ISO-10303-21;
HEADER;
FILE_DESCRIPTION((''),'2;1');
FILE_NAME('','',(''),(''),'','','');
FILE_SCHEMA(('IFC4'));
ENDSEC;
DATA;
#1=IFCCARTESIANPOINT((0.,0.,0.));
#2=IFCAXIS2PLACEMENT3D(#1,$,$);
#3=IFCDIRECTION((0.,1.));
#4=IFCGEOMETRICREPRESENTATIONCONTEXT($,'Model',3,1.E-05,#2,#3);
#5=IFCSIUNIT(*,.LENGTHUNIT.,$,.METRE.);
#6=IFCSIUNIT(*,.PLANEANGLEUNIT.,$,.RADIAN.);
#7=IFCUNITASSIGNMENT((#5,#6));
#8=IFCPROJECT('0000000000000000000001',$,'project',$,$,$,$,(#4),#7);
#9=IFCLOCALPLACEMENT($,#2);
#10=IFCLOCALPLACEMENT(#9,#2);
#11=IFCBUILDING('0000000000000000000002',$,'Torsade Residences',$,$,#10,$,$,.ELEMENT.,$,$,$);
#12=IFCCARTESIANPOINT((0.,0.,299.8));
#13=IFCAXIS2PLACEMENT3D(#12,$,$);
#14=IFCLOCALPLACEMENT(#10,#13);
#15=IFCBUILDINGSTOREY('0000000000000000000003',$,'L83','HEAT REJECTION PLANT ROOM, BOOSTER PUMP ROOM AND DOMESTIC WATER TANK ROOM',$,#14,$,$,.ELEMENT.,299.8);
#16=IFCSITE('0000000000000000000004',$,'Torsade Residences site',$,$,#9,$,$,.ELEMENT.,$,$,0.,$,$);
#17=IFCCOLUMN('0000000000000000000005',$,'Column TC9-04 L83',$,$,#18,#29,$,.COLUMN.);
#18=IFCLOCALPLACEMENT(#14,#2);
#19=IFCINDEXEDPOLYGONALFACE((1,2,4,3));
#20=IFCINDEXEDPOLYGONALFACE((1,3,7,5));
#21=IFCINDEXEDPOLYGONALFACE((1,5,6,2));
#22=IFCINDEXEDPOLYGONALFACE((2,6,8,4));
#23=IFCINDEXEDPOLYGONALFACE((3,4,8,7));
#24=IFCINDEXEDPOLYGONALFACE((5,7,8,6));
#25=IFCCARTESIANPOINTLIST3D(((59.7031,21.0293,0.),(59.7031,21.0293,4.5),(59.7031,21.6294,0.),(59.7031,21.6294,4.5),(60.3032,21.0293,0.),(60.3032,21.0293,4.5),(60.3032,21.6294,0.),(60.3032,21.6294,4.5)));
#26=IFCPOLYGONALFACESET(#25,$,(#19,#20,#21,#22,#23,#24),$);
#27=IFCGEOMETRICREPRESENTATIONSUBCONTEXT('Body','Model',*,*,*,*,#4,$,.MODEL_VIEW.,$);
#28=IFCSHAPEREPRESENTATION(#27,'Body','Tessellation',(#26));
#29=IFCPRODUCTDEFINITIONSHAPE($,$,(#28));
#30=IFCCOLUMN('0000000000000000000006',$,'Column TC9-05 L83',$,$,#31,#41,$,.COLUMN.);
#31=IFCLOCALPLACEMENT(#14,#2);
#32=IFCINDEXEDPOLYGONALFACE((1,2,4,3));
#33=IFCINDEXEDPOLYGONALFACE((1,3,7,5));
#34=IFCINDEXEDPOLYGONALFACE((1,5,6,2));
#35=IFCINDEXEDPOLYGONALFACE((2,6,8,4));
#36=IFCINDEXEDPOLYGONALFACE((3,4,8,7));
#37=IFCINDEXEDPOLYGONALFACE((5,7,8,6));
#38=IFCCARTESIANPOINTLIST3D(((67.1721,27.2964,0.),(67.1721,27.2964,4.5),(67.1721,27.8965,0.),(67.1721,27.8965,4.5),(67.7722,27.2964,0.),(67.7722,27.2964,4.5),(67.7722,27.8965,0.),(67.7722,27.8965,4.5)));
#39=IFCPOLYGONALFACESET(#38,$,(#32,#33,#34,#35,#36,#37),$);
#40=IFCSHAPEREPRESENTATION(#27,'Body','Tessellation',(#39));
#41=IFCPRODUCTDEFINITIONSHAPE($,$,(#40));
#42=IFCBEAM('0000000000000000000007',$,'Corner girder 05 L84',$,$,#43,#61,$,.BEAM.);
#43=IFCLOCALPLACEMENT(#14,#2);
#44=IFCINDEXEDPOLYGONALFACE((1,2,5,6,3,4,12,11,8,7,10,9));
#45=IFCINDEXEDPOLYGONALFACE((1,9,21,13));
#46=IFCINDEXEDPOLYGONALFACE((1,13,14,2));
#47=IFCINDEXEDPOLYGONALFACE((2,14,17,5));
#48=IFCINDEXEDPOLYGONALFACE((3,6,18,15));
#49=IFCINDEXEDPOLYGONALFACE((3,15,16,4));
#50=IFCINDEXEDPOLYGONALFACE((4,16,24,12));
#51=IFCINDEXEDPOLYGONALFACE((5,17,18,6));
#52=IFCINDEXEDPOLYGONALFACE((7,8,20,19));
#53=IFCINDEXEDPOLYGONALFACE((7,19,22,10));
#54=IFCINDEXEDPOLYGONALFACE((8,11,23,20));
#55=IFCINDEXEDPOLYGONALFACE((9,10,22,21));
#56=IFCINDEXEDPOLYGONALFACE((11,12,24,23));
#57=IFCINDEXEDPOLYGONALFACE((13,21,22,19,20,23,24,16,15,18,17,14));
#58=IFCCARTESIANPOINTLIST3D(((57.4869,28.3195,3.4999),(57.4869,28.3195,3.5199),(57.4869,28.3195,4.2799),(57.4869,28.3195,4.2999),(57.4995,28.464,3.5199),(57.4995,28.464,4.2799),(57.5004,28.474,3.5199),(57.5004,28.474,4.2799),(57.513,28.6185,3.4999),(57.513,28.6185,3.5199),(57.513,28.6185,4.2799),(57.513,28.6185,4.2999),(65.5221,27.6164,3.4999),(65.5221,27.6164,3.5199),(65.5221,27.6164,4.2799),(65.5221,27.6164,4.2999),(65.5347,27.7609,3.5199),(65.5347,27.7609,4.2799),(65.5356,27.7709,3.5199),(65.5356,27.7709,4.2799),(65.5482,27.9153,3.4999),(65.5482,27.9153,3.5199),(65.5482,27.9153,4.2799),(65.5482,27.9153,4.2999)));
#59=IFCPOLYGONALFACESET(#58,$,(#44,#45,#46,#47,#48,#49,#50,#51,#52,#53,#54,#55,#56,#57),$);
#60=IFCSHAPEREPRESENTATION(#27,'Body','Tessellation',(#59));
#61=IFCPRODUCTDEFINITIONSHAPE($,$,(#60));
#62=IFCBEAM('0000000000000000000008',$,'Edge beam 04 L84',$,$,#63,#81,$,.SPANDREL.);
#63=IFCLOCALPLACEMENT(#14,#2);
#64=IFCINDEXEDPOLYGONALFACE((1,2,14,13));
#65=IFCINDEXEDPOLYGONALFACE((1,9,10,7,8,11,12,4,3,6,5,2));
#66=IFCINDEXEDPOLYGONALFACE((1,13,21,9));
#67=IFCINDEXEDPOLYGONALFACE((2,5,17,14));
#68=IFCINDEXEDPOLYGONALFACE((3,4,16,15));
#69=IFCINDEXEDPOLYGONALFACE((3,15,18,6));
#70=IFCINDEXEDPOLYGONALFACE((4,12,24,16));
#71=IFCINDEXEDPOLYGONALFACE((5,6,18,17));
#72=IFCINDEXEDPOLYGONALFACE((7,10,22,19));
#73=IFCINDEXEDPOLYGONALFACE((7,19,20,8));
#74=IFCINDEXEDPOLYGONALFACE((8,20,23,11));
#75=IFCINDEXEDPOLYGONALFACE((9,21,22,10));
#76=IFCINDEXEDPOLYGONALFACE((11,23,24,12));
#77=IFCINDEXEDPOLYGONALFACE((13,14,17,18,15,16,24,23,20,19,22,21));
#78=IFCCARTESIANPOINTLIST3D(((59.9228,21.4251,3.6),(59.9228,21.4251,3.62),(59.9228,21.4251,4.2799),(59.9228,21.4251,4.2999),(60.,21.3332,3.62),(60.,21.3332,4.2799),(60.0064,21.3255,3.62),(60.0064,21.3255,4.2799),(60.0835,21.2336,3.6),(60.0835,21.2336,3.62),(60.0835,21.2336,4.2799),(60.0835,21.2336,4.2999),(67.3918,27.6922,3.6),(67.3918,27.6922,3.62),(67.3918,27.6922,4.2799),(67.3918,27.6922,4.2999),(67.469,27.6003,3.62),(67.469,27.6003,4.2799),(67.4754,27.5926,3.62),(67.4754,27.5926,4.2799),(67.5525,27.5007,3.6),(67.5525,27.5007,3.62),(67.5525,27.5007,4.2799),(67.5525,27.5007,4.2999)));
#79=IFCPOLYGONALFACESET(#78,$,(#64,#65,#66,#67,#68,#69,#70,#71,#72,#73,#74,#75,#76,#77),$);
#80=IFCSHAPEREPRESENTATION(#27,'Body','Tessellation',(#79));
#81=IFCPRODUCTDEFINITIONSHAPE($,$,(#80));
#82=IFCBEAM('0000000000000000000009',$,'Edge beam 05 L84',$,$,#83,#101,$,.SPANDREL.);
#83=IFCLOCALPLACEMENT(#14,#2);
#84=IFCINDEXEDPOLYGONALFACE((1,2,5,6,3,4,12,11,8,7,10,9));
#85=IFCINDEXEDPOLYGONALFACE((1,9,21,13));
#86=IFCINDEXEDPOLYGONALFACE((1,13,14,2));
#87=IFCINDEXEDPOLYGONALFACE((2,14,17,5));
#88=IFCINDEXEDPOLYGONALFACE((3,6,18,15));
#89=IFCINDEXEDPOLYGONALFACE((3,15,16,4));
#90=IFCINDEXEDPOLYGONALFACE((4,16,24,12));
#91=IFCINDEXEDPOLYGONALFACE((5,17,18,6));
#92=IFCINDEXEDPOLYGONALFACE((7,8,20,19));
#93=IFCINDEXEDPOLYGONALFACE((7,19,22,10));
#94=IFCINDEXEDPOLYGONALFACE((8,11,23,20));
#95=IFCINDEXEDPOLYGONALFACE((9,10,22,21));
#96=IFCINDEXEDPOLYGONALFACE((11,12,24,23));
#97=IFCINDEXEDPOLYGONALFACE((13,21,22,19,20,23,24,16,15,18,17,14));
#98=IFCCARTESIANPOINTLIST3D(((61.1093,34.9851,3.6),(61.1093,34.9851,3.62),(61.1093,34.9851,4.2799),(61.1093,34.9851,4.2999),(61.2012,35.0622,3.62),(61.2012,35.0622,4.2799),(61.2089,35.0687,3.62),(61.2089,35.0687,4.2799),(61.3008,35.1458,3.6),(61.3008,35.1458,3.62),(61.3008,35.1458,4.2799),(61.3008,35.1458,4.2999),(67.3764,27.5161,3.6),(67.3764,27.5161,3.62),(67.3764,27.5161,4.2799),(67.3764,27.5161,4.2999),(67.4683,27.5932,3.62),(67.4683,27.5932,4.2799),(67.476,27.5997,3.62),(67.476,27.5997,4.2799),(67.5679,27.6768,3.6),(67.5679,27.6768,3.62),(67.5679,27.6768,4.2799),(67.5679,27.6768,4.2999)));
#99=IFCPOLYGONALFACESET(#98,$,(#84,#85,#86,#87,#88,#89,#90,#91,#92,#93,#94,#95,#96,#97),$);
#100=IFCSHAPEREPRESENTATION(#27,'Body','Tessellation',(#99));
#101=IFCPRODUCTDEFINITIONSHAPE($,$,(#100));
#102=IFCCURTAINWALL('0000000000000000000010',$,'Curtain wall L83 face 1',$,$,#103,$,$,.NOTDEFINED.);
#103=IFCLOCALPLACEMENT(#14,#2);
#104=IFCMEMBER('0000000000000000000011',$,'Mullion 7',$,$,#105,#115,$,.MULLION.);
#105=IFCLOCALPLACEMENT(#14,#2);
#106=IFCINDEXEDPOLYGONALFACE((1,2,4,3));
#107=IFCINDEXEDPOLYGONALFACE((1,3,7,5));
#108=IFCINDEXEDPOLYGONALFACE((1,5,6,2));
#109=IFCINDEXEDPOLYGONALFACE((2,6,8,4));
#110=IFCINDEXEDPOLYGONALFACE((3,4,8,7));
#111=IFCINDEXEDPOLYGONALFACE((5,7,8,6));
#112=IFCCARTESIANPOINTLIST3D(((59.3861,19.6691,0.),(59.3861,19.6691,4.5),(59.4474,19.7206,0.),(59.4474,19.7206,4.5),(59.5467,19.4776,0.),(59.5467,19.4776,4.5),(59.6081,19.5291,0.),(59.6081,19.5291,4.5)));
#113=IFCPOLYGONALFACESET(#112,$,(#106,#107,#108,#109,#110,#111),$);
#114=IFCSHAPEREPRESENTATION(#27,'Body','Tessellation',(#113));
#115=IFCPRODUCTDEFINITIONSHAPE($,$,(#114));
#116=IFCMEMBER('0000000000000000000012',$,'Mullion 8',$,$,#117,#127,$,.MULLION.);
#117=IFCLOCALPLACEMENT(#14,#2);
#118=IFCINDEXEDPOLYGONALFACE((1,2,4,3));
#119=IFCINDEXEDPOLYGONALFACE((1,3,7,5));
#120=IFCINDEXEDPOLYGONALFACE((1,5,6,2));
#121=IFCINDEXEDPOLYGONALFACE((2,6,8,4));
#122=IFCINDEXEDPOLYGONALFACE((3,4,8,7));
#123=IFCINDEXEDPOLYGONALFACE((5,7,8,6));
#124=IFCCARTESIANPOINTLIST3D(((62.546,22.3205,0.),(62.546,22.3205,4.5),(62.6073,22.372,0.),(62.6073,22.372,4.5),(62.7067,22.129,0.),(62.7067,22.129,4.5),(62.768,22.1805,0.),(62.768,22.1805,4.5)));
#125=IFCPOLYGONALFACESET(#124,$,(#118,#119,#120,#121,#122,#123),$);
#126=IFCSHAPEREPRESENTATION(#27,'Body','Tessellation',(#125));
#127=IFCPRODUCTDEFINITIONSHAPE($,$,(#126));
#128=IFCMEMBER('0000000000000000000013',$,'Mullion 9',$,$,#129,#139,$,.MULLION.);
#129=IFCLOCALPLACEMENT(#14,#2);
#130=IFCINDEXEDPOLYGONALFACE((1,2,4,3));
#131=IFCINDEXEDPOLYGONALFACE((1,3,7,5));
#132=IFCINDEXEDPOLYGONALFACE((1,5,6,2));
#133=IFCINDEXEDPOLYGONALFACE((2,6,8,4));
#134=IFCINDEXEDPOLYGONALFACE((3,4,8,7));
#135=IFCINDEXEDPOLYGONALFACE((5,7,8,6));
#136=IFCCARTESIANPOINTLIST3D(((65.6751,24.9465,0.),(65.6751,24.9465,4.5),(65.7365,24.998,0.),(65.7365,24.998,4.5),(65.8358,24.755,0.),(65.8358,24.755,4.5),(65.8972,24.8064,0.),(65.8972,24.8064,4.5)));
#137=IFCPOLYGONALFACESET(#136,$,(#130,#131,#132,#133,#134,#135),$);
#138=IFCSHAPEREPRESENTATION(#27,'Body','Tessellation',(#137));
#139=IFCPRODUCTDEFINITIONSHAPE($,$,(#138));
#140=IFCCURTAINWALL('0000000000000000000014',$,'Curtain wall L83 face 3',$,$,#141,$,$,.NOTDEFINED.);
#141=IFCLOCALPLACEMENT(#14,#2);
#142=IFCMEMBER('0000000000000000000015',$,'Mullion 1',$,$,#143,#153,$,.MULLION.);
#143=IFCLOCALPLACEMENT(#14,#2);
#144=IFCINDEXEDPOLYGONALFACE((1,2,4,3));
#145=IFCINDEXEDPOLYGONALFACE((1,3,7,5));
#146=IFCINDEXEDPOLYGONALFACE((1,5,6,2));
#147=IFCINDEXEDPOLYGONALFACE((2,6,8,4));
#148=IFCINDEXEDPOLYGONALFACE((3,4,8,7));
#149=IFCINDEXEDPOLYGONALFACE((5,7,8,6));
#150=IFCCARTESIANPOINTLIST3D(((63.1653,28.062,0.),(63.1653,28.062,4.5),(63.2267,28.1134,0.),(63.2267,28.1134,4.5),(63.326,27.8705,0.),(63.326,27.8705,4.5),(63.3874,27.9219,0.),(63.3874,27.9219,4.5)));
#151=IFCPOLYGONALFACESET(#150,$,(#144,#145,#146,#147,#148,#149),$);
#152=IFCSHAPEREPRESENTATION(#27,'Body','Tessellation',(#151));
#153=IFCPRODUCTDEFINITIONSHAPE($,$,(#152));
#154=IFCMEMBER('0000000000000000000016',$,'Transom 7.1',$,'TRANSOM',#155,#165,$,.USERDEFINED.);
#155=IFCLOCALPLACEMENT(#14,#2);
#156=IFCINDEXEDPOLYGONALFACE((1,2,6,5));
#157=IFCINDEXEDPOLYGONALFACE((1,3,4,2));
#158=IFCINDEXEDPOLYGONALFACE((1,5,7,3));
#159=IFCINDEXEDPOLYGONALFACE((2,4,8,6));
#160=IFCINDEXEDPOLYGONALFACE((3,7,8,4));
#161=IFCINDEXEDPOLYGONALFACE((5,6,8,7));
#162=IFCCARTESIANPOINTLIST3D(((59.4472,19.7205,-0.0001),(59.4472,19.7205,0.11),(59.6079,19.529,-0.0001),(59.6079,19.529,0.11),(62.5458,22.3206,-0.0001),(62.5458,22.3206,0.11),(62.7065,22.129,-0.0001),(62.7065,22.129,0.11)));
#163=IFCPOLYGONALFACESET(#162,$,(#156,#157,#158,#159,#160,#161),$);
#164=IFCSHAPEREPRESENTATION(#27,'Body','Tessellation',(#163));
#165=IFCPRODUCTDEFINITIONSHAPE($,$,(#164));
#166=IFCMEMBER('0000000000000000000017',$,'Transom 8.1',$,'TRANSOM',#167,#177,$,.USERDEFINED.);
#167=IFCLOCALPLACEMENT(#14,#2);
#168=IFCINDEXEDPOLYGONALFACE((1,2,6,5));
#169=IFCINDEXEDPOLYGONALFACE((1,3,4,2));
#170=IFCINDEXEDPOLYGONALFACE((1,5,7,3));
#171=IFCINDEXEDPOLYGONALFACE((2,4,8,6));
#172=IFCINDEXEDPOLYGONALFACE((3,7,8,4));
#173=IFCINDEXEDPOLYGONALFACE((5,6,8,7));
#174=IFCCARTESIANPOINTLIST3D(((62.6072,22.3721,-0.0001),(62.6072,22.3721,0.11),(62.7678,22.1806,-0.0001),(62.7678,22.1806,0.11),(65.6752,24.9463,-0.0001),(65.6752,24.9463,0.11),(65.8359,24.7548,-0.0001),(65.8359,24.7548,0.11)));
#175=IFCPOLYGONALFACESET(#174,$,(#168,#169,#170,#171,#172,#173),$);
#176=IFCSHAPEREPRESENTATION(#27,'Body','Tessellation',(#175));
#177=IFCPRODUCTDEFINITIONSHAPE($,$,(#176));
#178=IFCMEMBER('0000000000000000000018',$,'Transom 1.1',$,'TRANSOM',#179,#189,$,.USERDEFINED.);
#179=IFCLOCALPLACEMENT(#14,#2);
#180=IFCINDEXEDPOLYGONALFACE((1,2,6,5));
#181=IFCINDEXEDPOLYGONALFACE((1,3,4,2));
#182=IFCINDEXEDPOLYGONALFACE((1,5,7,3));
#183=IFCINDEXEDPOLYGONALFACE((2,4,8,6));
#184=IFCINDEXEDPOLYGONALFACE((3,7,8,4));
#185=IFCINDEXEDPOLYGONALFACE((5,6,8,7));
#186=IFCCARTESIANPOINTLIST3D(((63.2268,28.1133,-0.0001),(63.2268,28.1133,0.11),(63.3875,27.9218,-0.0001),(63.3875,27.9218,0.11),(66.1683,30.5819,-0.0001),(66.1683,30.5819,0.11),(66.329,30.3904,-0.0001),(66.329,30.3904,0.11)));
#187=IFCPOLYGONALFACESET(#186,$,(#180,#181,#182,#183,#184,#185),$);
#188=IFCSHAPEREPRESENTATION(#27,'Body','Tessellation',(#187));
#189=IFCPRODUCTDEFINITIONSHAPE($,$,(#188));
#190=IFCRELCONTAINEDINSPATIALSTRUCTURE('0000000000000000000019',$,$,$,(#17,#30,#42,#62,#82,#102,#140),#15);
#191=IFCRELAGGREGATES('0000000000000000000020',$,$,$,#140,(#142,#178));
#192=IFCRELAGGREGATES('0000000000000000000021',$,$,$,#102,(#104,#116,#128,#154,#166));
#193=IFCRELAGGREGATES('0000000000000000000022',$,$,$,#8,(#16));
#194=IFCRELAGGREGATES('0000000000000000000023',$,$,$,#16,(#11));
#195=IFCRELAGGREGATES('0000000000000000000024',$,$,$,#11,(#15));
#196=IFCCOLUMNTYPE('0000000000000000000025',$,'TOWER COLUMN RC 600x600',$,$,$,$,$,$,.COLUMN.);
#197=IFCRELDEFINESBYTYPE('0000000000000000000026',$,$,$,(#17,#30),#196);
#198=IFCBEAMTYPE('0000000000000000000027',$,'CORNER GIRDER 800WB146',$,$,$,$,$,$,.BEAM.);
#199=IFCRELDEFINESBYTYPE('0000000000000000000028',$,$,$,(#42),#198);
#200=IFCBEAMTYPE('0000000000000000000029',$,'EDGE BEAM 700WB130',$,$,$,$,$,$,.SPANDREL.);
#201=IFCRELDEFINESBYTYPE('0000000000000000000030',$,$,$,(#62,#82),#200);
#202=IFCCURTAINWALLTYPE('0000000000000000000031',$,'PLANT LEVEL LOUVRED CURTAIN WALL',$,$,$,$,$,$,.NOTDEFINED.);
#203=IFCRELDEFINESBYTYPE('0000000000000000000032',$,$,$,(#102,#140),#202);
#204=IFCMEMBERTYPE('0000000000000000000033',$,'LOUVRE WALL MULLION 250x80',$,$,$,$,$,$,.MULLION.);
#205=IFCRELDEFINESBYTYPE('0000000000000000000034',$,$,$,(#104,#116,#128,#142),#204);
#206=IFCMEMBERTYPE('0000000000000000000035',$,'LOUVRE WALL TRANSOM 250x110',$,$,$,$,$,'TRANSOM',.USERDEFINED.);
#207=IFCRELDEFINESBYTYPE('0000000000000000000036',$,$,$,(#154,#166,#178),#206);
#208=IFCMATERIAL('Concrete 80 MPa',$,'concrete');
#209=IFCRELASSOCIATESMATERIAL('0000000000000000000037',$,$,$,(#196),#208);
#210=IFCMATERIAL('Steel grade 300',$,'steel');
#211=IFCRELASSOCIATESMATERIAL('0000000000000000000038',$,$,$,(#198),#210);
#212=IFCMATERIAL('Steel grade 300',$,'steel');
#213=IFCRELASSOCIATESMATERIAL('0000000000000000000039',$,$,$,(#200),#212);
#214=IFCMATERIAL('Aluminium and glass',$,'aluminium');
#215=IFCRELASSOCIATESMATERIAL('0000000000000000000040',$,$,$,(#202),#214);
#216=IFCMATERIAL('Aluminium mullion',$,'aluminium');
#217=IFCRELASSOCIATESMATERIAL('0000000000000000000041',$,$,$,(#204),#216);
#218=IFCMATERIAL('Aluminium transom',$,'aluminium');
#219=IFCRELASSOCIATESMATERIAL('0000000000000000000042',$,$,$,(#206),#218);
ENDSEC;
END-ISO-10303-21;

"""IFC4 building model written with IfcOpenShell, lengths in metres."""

from ifc_helpers import new_model, si_unit, direction, frame, origin, origin_2d, place, context, subcontext, project, spatial, rectangle, i_section, extrude, material, material_profile, profile_set, type_object, element, aggregate, save


model = new_model("IFC4")

# Units and contexts
model_context = context("Model", 3, precision=1e-05, world=origin(), true_north=direction((0.0, 1.0)))
body_context = subcontext(model_context, "Body", "Model", "MODEL_VIEW")
ifc_project = project(units=[si_unit("LENGTHUNIT", "METRE"), si_unit("PLANEANGLEUNIT", "RADIAN")], contexts=[model_context])

# Site, building, storey
site_placement = place(None, origin())
site = spatial("IfcSite", under=ifc_project, at=site_placement, Name="Torsade Residences site", CompositionType="ELEMENT", RefElevation=0.0)
building_placement = place(site_placement, origin())
building = spatial("IfcBuilding", under=site, at=building_placement, Name="Torsade Residences", CompositionType="ELEMENT")
storey_placement = place(building_placement, frame((0.0, 0.0, 299.8)))
storey = spatial("IfcBuildingStorey", under=building, at=storey_placement, Name="L83", Description="HEAT REJECTION PLANT ROOM, BOOSTER PUMP ROOM AND DOMESTIC WATER TANK ROOM", CompositionType="ELEMENT", Elevation=299.8)

# Columns
ifc_material_1 = material(Name="Concrete 80 MPa", Category="concrete")
ifc_material_profile_1 = material_profile(ifc_material_1, rectangle(XDim=0.6001, YDim=0.6001, at=origin_2d()), Name="RC 600x600")
ifc_profile_set_1 = profile_set([ifc_material_profile_1], Name="Concrete 80 MPa")
column_type = type_object("IfcColumnType", Name="TOWER COLUMN RC 600x600", PredefinedType="COLUMN", material=ifc_profile_set_1)
for number, where, z_axis, x_axis, name in (
    (1, (60.0032, 21.3293, 0.0), (0.0, 0.0, 1.0), (1.0, 0.0, 0.0), "Column TC9-04 L83"),
    (2, (67.4722, 27.5964, 0.0), (0.0, 0.0, 1.0), (1.0, 0.0, 0.0), "Column TC9-05 L83"),
):
    element("IfcColumn", number, at=place(storey_placement, frame(where, z_axis=z_axis, x_axis=x_axis)), inside=storey, type_object=column_type, Name=name, PredefinedType="COLUMN", context=body_context, shape_type="SweptSolid", body=[
        extrude(rectangle(XDim=0.6001, YDim=0.6001, at=origin_2d()), origin(), (0.0, 0.0, 1.0), 4.5),
    ])

# Beams
ifc_material_2 = material(Name="Steel grade 300", Category="steel")
ifc_material_profile_2 = material_profile(ifc_material_2, i_section(OverallWidth=0.3, OverallDepth=0.8, WebThickness=0.01, FlangeThickness=0.02, at=origin_2d()), Name="800WB146")
ifc_profile_set_2 = profile_set([ifc_material_profile_2], Name="Steel grade 300")
beam_type_1 = type_object("IfcBeamType", Name="CORNER GIRDER 800WB146", PredefinedType="BEAM", material=ifc_profile_set_2)
beam_1_placement = place(storey_placement, frame((65.5352, 27.7659, 3.8999), z_axis=(-0.996193, 0.087173, 0.0), x_axis=(-0.087173, -0.996193, 0.0)))
element("IfcBeam", 3, at=beam_1_placement, inside=storey, type_object=beam_type_1, Name="Corner girder 05 L84", PredefinedType="BEAM", context=body_context, shape_type="SweptSolid", body=[
    extrude(i_section(OverallWidth=0.3, OverallDepth=0.8, WebThickness=0.01, FlangeThickness=0.02, at=origin_2d()), origin(), (0.0, 0.0, 1.0), 8.0659),
])
ifc_material_3 = material(Name="Steel grade 300", Category="steel")
ifc_material_profile_3 = material_profile(ifc_material_3, i_section(OverallWidth=0.25, OverallDepth=0.7, WebThickness=0.01, FlangeThickness=0.02, at=origin_2d()), Name="700WB130")
ifc_profile_set_3 = profile_set([ifc_material_profile_3], Name="Steel grade 300")
beam_type_2 = type_object("IfcBeamType", Name="EDGE BEAM 700WB130", PredefinedType="SPANDREL", material=ifc_profile_set_3)
for number, where, z_axis, x_axis, name in (
    (4, (60.0032, 21.3293, 3.95), (0.766052, 0.642779, 0.0), (-0.642779, 0.766052, 0.0), "Edge beam 04 L84"),
    (5, (67.4722, 27.5964, 3.95), (-0.642779, 0.766052, 0.0), (-0.766052, -0.642779, 0.0), "Edge beam 05 L84"),
):
    element("IfcBeam", number, at=place(storey_placement, frame(where, z_axis=z_axis, x_axis=x_axis)), inside=storey, type_object=beam_type_2, Name=name, PredefinedType="SPANDREL", context=body_context, shape_type="SweptSolid", body=[
        extrude(i_section(OverallWidth=0.25, OverallDepth=0.7, WebThickness=0.01, FlangeThickness=0.02, at=origin_2d()), origin(), (0.0, 0.0, 1.0), 9.75),
    ])

# Curtain wall, members
ifc_material_4 = material(Name="Aluminium and glass", Category="aluminium")
curtain_wall_type = type_object("IfcCurtainWallType", Name="PLANT LEVEL LOUVRED CURTAIN WALL", PredefinedType="NOTDEFINED", material=ifc_material_4)
curtain_wall_1_placement = place(storey_placement, origin())
curtain_wall_1 = element("IfcCurtainWall", 6, at=curtain_wall_1_placement, inside=storey, type_object=curtain_wall_type, Name="Curtain wall L83 face 1", PredefinedType="NOTDEFINED")
ifc_material_5 = material(Name="Aluminium mullion", Category="aluminium")
ifc_material_profile_4 = material_profile(ifc_material_5, rectangle(XDim=0.25, YDim=0.0801, at=origin_2d()), Name="LOUVRE WALL MULLION 250x80")
ifc_profile_set_4 = profile_set([ifc_material_profile_4], Name="Aluminium mullion")
member_type_1 = type_object("IfcMemberType", Name="LOUVRE WALL MULLION 250x80", PredefinedType="MULLION", material=ifc_profile_set_4)
member_1_placement = place(storey_placement, frame((59.4971, 19.5991, 0.0), z_axis=(0.0, 0.0, 1.0), x_axis=(-0.642788, 0.766044, 0.0)))
member_1 = element("IfcMember", 7, at=member_1_placement, type_object=member_type_1, Name="Mullion 7", PredefinedType="MULLION", context=body_context, shape_type="SweptSolid", body=[
    extrude(rectangle(XDim=0.25, YDim=0.0801, at=origin_2d()), origin(), (0.0, 0.0, 1.0), 4.5),
])
member_2_placement = place(storey_placement, frame((62.657, 22.2505, 0.0), z_axis=(0.0, 0.0, 1.0), x_axis=(-0.642788, 0.766044, 0.0)))
member_2 = element("IfcMember", 8, at=member_2_placement, type_object=member_type_1, Name="Mullion 8", PredefinedType="MULLION", context=body_context, shape_type="SweptSolid", body=[
    extrude(rectangle(XDim=0.25, YDim=0.0801, at=origin_2d()), origin(), (0.0, 0.0, 1.0), 4.5),
])
member_3_placement = place(storey_placement, frame((65.7861, 24.8765, 0.0), z_axis=(0.0, 0.0, 1.0), x_axis=(-0.642788, 0.766044, 0.0)))
member_3 = element("IfcMember", 9, at=member_3_placement, type_object=member_type_1, Name="Mullion 9", PredefinedType="MULLION", context=body_context, shape_type="SweptSolid", body=[
    extrude(rectangle(XDim=0.25, YDim=0.0801, at=origin_2d()), origin(), (0.0, 0.0, 1.0), 4.5),
])

# Curtain wall, member
curtain_wall_2_placement = place(storey_placement, origin())
curtain_wall_2 = element("IfcCurtainWall", 10, at=curtain_wall_2_placement, inside=storey, type_object=curtain_wall_type, Name="Curtain wall L83 face 3", PredefinedType="NOTDEFINED")
member_4_placement = place(storey_placement, frame((63.2764, 27.9919, 0.0), z_axis=(0.0, 0.0, 1.0), x_axis=(-0.642788, 0.766044, 0.0)))
member_4 = element("IfcMember", 11, at=member_4_placement, type_object=member_type_1, Name="Mullion 1", PredefinedType="MULLION", context=body_context, shape_type="SweptSolid", body=[
    extrude(rectangle(XDim=0.25, YDim=0.0801, at=origin_2d()), origin(), (0.0, 0.0, 1.0), 4.5),
])

# Members
ifc_material_6 = material(Name="Aluminium transom", Category="aluminium")
ifc_material_profile_5 = material_profile(ifc_material_6, rectangle(XDim=0.25, YDim=0.1101, at=origin_2d()), Name="LOUVRE WALL TRANSOM 250x110")
ifc_profile_set_5 = profile_set([ifc_material_profile_5], Name="Aluminium transom")
member_type_2 = type_object("IfcMemberType", Name="LOUVRE WALL TRANSOM 250x110", ElementType="TRANSOM", PredefinedType="USERDEFINED", material=ifc_profile_set_5)
member_5_placement = place(storey_placement, frame((59.5276, 19.6248, 0.0549), z_axis=(0.76604, 0.642793, 0.0), x_axis=(-0.642793, 0.76604, 0.0)))
member_5 = element("IfcMember", 12, at=member_5_placement, type_object=member_type_2, Name="Transom 7.1", ObjectType="TRANSOM", PredefinedType="USERDEFINED", context=body_context, shape_type="SweptSolid", body=[
    extrude(rectangle(XDim=0.25, YDim=0.1101, at=origin_2d()), origin(), (0.0, 0.0, 1.0), 4.0449),
])
member_6_placement = place(storey_placement, frame((62.6875, 22.2764, 0.0549), z_axis=(0.766073, 0.642753, 0.0), x_axis=(-0.642753, 0.766073, 0.0)))
member_6 = element("IfcMember", 13, at=member_6_placement, type_object=member_type_2, Name="Transom 8.1", ObjectType="TRANSOM", PredefinedType="USERDEFINED", context=body_context, shape_type="SweptSolid", body=[
    extrude(rectangle(XDim=0.25, YDim=0.1101, at=origin_2d()), origin(), (0.0, 0.0, 1.0), 4.0049),
])
member_7_placement = place(storey_placement, frame((63.3071, 28.0176, 0.0549), z_axis=(0.765997, 0.642845, 0.0), x_axis=(-0.642845, 0.765997, 0.0)))
member_7 = element("IfcMember", 14, at=member_7_placement, type_object=member_type_2, Name="Transom 1.1", ObjectType="TRANSOM", PredefinedType="USERDEFINED", context=body_context, shape_type="SweptSolid", body=[
    extrude(rectangle(XDim=0.25, YDim=0.1101, at=origin_2d()), origin(), (0.0, 0.0, 1.0), 3.8401),
])
aggregate(curtain_wall_2, [member_4, member_7])

aggregate(curtain_wall_1, [member_1, member_2, member_3, member_5, member_6])

save(model, "model.ifc")
